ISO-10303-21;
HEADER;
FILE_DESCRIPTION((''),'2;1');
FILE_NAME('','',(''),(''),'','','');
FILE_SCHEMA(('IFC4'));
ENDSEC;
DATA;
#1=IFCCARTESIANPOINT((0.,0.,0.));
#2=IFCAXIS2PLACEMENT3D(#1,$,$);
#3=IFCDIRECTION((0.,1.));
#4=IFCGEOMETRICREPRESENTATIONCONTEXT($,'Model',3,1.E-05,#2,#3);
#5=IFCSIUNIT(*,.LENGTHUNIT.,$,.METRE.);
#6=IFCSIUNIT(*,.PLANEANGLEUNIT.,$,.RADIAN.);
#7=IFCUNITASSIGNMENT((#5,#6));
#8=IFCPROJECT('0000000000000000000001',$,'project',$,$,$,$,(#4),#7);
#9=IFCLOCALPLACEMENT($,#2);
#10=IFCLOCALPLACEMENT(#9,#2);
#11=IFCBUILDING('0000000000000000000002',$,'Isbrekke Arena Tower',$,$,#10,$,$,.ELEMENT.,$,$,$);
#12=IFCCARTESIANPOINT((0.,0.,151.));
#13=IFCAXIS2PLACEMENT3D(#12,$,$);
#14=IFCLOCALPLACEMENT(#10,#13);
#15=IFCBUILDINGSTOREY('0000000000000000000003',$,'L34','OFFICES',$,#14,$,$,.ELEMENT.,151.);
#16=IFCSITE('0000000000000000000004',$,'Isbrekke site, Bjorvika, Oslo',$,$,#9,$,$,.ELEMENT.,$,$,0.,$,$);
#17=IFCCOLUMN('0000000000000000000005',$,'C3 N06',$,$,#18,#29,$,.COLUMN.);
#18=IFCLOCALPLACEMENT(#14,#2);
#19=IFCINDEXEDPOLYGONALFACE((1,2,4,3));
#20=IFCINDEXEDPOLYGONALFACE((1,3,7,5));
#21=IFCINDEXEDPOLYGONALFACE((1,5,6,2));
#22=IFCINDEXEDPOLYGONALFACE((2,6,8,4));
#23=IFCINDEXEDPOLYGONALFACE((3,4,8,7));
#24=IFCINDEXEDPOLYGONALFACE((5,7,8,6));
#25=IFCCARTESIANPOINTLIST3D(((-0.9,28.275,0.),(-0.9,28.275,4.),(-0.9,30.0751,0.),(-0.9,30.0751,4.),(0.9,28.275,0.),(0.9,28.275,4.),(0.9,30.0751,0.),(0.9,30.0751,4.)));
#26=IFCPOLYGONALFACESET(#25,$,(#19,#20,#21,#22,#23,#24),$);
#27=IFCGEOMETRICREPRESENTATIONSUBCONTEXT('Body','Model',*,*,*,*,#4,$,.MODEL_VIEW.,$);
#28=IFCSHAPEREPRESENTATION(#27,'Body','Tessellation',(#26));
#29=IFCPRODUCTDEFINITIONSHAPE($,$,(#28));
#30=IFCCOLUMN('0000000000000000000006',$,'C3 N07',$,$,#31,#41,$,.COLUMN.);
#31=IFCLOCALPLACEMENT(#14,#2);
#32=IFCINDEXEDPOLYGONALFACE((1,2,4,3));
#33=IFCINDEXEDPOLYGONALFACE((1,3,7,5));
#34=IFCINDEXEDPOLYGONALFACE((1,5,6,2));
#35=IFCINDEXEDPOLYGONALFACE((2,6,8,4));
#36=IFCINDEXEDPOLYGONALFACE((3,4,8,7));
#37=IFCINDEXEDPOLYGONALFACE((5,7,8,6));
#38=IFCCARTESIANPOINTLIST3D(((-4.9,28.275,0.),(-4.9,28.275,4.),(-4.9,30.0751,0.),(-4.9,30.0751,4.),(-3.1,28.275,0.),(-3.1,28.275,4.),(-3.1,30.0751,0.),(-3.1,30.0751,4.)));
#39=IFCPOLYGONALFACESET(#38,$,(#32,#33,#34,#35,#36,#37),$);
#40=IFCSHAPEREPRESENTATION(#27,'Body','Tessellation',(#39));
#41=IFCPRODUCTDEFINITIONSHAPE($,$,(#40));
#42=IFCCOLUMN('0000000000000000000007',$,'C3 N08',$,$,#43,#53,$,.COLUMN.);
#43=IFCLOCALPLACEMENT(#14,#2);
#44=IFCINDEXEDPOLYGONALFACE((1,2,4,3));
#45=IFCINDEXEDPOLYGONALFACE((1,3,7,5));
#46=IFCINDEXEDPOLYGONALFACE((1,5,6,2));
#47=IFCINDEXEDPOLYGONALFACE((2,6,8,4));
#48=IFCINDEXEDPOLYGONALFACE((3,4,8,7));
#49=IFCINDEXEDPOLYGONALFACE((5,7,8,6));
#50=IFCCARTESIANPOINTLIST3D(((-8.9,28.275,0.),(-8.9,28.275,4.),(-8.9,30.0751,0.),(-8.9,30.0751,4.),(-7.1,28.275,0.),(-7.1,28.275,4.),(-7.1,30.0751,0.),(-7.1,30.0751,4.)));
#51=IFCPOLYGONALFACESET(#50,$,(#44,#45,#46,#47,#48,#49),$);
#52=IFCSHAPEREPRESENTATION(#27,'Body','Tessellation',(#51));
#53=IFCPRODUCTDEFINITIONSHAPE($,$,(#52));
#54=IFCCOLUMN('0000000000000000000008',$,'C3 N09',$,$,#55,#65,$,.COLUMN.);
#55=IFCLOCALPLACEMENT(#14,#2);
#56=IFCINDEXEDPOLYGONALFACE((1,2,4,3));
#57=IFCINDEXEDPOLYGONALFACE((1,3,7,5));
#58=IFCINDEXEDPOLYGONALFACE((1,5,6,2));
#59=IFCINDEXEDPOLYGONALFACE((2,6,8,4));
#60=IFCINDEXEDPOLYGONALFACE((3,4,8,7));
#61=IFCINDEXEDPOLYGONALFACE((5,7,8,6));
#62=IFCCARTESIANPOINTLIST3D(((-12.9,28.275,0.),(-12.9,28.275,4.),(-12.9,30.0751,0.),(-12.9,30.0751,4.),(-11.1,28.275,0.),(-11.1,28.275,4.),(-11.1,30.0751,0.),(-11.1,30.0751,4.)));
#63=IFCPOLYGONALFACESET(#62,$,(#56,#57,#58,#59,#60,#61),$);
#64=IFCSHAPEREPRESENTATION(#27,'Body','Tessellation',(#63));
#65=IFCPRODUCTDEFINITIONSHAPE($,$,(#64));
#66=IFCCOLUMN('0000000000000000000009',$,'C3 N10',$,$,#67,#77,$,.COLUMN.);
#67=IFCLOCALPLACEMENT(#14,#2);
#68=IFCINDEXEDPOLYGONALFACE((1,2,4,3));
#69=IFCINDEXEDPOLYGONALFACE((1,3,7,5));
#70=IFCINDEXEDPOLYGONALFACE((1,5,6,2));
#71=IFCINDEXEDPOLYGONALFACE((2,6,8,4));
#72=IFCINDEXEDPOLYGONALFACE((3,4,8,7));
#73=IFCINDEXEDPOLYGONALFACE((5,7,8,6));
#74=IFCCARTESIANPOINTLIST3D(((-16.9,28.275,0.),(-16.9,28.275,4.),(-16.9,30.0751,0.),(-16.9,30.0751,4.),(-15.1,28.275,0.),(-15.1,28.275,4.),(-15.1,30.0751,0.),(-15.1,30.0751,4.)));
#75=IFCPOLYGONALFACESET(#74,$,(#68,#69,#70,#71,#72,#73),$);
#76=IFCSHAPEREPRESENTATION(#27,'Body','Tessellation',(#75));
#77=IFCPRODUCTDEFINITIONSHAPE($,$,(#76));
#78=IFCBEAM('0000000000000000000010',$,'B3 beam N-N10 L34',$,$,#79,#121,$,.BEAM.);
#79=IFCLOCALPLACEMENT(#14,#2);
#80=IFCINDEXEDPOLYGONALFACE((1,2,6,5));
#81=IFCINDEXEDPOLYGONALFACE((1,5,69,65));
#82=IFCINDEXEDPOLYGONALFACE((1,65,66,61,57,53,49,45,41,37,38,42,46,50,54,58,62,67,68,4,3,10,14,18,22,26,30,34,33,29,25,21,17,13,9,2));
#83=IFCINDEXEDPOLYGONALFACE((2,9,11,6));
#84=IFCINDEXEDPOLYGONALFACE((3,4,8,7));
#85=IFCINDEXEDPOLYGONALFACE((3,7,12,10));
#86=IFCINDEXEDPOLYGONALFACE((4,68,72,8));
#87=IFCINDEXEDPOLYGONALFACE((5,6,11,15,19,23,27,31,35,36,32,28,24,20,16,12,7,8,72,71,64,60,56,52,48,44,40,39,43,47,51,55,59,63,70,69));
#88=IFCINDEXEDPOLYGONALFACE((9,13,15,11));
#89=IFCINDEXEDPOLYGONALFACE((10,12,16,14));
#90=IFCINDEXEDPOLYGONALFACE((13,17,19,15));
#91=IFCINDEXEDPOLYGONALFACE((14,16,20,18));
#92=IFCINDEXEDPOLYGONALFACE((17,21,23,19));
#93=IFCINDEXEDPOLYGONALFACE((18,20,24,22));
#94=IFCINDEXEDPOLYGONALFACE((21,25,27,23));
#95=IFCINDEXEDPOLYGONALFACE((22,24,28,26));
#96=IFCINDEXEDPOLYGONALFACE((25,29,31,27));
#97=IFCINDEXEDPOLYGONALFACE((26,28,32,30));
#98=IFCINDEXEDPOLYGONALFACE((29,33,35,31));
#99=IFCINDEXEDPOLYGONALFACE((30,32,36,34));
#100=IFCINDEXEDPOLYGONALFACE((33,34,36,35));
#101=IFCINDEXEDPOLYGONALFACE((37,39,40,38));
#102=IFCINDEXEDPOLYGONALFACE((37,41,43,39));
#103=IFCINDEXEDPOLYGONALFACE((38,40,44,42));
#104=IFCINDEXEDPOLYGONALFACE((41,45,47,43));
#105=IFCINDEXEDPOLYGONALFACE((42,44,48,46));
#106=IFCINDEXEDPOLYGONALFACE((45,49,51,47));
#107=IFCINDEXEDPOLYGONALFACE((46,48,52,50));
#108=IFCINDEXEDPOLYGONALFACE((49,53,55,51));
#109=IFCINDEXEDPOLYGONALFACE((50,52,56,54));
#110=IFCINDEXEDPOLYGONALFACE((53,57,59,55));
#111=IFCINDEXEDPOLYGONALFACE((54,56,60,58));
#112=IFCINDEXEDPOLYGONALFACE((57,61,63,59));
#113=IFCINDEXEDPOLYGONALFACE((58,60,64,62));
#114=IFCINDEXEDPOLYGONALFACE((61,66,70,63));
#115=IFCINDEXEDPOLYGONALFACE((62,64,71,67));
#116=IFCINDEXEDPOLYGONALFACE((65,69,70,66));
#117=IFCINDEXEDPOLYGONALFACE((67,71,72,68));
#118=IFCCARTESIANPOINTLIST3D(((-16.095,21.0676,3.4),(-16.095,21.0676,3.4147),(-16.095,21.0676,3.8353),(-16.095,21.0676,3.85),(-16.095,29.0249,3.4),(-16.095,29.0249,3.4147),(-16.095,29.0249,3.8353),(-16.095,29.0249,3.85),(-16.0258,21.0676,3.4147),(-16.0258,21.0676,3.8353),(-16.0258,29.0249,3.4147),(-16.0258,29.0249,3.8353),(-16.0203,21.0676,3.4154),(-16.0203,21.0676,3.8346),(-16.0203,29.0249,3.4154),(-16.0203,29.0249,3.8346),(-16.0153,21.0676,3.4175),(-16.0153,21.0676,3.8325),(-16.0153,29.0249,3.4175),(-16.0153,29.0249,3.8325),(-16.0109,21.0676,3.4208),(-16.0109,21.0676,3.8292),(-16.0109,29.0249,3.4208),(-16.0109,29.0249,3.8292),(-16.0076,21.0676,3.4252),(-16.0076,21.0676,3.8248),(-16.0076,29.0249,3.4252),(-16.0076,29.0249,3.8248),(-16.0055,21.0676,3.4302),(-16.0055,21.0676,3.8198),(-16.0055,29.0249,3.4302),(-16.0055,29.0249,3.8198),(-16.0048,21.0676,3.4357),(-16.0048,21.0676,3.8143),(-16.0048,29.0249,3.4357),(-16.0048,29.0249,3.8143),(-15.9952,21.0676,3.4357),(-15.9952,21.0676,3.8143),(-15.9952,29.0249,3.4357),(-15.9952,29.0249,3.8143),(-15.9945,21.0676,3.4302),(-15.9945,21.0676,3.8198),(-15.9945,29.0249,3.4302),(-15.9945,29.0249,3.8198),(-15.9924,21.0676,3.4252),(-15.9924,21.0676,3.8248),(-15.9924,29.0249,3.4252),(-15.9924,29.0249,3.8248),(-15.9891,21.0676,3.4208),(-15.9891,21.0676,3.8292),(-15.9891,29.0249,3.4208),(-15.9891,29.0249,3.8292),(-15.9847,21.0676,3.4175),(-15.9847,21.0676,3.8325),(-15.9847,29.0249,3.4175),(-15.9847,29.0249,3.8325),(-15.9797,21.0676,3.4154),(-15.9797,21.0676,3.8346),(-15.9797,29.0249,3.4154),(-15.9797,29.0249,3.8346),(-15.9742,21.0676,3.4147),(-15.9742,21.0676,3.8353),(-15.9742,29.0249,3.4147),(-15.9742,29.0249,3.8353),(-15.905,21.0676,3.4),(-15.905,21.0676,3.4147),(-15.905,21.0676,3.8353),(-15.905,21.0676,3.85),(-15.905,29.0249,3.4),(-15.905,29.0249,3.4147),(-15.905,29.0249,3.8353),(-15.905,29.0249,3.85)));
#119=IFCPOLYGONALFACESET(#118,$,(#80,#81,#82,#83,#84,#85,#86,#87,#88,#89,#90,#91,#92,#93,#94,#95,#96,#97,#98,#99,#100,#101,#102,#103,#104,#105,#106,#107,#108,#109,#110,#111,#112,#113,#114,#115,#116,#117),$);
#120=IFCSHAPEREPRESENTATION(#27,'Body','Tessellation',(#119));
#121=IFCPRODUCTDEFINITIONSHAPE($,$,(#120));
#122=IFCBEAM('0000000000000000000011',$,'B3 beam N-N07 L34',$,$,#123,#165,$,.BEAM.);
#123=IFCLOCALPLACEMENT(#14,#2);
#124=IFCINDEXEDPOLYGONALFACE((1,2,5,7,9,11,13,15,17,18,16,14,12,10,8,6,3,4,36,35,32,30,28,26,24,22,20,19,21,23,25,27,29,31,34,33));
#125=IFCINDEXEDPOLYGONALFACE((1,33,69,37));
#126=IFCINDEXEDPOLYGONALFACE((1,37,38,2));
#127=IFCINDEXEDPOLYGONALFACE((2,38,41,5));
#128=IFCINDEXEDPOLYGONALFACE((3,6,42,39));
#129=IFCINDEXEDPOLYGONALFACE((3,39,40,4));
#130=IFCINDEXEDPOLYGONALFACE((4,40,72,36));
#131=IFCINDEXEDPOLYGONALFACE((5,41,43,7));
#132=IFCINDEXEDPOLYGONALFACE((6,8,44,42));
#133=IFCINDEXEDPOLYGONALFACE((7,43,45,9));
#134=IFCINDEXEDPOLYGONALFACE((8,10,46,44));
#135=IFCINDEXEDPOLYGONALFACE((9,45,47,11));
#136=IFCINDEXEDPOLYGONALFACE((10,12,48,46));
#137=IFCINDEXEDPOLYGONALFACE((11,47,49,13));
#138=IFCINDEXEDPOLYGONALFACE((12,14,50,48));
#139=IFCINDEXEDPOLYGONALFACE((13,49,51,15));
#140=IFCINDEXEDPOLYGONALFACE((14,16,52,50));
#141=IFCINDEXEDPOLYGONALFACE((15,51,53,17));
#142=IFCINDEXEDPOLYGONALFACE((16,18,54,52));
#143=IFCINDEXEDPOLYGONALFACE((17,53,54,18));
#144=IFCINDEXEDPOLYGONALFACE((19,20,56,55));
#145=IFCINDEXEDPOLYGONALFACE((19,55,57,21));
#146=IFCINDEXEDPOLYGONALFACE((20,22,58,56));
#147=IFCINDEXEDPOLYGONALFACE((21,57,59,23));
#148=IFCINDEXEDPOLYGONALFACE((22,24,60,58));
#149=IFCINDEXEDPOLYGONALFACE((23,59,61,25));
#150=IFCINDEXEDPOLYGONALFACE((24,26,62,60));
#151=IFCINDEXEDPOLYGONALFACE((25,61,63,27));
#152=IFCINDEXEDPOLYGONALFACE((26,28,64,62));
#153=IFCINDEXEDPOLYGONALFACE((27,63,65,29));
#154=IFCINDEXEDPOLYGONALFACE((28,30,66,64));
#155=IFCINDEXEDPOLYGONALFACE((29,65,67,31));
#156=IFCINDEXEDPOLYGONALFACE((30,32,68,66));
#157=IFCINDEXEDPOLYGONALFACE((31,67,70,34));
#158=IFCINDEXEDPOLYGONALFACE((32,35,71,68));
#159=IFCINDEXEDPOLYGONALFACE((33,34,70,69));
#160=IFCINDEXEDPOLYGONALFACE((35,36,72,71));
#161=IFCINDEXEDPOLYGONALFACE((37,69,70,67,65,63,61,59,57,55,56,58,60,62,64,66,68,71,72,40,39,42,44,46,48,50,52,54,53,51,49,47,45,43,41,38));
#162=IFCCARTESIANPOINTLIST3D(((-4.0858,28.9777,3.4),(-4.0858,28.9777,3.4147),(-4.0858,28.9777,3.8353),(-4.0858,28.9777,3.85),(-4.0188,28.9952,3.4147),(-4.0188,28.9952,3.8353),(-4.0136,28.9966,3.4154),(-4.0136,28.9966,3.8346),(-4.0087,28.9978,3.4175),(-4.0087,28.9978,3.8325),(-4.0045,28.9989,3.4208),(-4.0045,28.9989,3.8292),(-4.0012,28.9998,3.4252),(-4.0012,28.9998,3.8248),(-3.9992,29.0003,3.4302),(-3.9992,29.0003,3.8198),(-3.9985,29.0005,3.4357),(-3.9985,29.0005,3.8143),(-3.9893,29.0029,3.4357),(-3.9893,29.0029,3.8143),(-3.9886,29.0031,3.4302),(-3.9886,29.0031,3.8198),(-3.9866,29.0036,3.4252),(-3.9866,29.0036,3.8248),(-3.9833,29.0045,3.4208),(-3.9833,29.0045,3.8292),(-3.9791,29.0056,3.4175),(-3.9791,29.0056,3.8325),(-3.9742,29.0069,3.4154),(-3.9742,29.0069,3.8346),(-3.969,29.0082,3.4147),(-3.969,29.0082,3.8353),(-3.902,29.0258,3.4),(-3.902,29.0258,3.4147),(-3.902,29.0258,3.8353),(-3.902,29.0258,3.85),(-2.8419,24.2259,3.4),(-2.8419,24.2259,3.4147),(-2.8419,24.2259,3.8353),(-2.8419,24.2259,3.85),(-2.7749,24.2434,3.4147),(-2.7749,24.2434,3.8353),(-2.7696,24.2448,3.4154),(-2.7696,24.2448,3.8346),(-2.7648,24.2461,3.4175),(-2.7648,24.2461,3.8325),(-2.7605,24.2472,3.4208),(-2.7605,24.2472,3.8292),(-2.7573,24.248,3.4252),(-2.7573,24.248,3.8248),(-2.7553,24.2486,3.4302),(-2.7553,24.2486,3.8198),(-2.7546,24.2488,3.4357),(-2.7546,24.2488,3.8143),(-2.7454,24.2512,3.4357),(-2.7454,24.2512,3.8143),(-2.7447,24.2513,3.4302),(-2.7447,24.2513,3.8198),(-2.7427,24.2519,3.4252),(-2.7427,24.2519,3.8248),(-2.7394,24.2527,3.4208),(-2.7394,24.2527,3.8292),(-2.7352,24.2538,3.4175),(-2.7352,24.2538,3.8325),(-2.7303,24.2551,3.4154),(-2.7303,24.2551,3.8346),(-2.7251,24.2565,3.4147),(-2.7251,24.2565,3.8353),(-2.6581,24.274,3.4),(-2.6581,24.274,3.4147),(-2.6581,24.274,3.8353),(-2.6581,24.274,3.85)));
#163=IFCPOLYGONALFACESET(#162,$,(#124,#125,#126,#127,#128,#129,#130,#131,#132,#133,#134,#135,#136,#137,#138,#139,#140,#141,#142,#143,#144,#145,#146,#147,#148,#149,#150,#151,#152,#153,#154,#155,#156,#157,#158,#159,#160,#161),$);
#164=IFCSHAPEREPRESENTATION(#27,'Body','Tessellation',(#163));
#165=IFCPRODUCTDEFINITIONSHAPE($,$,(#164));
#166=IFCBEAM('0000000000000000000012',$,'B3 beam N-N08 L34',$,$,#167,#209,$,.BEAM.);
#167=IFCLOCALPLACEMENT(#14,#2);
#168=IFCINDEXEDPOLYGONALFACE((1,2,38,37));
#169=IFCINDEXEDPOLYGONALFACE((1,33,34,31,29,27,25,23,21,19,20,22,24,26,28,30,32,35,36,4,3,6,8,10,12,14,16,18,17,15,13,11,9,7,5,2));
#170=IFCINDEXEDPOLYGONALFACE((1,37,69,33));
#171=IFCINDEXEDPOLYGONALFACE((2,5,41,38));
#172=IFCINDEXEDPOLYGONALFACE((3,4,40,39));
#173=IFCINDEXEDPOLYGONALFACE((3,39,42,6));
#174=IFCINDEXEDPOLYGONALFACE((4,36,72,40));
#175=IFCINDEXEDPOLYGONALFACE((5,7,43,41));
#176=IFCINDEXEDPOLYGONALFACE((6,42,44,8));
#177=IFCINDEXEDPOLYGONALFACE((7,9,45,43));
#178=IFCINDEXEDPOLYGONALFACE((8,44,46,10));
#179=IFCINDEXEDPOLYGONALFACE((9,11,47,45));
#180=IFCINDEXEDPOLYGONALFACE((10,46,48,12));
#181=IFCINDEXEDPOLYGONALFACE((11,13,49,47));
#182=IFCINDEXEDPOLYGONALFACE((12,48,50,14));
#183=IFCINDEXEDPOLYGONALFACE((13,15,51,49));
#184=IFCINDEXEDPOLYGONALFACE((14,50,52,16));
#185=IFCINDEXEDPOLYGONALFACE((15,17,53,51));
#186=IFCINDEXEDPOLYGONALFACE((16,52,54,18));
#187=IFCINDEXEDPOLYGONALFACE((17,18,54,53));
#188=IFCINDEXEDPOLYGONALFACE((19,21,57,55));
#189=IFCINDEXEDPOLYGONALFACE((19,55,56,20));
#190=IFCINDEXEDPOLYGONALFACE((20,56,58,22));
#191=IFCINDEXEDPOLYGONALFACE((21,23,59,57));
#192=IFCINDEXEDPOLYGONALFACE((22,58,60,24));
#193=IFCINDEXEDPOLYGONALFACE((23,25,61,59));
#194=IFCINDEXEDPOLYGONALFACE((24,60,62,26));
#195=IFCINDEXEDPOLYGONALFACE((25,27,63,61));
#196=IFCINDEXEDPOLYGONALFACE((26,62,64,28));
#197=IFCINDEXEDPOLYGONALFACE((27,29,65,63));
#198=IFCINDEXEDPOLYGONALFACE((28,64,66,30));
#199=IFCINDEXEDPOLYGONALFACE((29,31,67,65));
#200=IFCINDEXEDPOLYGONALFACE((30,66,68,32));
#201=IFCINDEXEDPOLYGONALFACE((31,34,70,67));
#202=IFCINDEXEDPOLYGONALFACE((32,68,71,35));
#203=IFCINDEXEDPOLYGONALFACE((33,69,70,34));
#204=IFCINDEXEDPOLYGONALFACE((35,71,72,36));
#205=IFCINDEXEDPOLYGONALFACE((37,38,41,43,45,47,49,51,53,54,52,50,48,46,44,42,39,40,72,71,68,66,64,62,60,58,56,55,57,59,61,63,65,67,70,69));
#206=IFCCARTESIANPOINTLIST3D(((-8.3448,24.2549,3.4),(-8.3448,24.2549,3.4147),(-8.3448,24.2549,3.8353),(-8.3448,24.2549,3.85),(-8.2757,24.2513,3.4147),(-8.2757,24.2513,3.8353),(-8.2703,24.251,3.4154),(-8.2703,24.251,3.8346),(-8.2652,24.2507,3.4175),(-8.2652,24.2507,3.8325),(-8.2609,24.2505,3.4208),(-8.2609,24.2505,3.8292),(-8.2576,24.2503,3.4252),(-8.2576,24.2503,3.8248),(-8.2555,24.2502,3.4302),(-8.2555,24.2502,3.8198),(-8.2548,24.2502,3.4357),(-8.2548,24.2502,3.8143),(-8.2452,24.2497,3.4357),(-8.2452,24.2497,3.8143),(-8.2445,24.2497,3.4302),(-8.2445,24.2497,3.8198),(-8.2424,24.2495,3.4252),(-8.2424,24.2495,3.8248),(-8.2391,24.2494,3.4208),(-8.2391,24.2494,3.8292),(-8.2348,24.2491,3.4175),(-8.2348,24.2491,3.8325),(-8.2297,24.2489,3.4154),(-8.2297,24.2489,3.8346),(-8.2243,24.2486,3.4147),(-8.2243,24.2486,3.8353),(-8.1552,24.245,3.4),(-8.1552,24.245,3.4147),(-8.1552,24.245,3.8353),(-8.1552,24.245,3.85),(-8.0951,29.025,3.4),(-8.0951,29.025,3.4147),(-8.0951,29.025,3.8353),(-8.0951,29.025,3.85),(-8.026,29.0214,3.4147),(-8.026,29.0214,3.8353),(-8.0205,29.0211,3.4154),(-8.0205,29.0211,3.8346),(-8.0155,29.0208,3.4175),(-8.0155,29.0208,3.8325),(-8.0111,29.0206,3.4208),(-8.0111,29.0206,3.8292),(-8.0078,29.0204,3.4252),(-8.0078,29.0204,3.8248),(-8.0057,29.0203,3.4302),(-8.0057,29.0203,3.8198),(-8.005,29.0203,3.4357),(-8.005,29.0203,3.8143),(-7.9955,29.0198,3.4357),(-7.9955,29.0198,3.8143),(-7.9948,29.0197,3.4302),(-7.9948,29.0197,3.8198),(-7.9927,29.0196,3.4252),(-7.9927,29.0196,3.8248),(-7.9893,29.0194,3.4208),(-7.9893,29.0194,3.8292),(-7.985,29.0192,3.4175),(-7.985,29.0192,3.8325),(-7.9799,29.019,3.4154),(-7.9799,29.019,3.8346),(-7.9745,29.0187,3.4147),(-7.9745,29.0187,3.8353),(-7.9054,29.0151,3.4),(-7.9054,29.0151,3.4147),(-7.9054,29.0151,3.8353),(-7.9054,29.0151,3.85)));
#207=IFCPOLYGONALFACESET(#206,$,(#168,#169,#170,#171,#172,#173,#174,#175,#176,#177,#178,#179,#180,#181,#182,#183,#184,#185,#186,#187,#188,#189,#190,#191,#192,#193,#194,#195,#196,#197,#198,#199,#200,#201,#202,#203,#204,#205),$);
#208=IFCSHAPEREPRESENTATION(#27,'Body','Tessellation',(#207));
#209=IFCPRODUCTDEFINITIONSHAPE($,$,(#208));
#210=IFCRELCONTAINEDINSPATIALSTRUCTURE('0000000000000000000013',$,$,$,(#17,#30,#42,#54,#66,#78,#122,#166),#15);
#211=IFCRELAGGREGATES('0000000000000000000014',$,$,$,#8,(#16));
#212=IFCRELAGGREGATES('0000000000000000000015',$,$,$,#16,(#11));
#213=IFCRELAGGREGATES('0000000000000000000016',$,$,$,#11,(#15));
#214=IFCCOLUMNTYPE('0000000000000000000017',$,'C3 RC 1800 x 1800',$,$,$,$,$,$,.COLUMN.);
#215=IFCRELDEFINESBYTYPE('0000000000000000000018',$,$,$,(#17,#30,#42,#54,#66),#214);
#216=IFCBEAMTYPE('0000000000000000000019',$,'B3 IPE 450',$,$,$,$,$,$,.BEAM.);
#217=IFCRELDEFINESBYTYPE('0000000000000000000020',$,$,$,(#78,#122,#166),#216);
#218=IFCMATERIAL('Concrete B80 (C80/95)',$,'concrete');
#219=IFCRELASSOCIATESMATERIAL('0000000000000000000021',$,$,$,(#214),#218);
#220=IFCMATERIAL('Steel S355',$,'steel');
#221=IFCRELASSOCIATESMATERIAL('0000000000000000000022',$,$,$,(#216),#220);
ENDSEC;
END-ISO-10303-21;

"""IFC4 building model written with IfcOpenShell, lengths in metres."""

from ifc_helpers import new_model, si_unit, direction, frame, origin, origin_2d, place, context, subcontext, project, spatial, rectangle, i_section, extrude, material, material_profile, profile_set, type_object, element, save


model = new_model("IFC4")

# Units and contexts
model_context = context("Model", 3, precision=1e-05, world=origin(), true_north=direction((0.0, 1.0)))
body_context = subcontext(model_context, "Body", "Model", "MODEL_VIEW")
ifc_project = project(units=[si_unit("LENGTHUNIT", "METRE"), si_unit("PLANEANGLEUNIT", "RADIAN")], contexts=[model_context])

# Site, building, storey
site_placement = place(None, origin())
site = spatial("IfcSite", under=ifc_project, at=site_placement, Name="Isbrekke site, Bjorvika, Oslo", CompositionType="ELEMENT", RefElevation=0.0)
building_placement = place(site_placement, origin())
building = spatial("IfcBuilding", under=site, at=building_placement, Name="Isbrekke Arena Tower", CompositionType="ELEMENT")
storey_placement = place(building_placement, frame((0.0, 0.0, 151.0)))
storey = spatial("IfcBuildingStorey", under=building, at=storey_placement, Name="L34", Description="OFFICES", CompositionType="ELEMENT", Elevation=151.0)

# Columns
ifc_material_1 = material(Name="Concrete B80 (C80/95)", Category="concrete")
ifc_material_profile_1 = material_profile(ifc_material_1, rectangle(XDim=1.8, YDim=1.8, at=origin_2d()), Name="RC 1800x1800")
ifc_profile_set_1 = profile_set([ifc_material_profile_1], Name="Concrete B80 (C80/95)")
column_type = type_object("IfcColumnType", Name="C3 RC 1800 x 1800", PredefinedType="COLUMN", material=ifc_profile_set_1)
for number, where, z_axis, x_axis, name in (
    (1, (0.0, 29.175, 0.0), (0.0, 0.0, 1.0), (-1.0, 0.0, 0.0), "C3 N06"),
    (2, (-4.0, 29.175, 0.0), (0.0, 0.0, 1.0), (-1.0, 0.0, 0.0), "C3 N07"),
    (3, (-8.0, 29.175, 0.0), (0.0, 0.0, 1.0), (-1.0, 0.0, 0.0), "C3 N08"),
    (4, (-12.0, 29.175, 0.0), (0.0, 0.0, 1.0), (-1.0, 0.0, 0.0), "C3 N09"),
    (5, (-16.0, 29.175, 0.0), (0.0, 0.0, 1.0), (-1.0, 0.0, 0.0), "C3 N10"),
):
    element("IfcColumn", number, at=place(storey_placement, frame(where, z_axis=z_axis, x_axis=x_axis)), inside=storey, type_object=column_type, Name=name, PredefinedType="COLUMN", context=body_context, shape_type="SweptSolid", body=[
        extrude(rectangle(XDim=1.8, YDim=1.8, at=origin_2d()), origin(), (0.0, 0.0, 1.0), 4.0),
    ])

# Beams
ifc_material_2 = material(Name="Steel S355", Category="steel")
ifc_material_profile_2 = material_profile(ifc_material_2, i_section(OverallWidth=0.1899, OverallDepth=0.45, WebThickness=0.0095, FlangeThickness=0.0146, FilletRadius=0.021, at=origin_2d()), Name="IPE 450")
ifc_profile_set_2 = profile_set([ifc_material_profile_2], Name="Steel S355")
beam_type_1 = type_object("IfcBeamType", Name="B3 IPE 450", PredefinedType="BEAM", material=ifc_profile_set_2)
beam_1_placement = place(storey_placement, frame((-16.0, 29.0249, 3.625), z_axis=(0.0, -1.0, 0.0), x_axis=(1.0, 0.0, 0.0)))
element("IfcBeam", 6, at=beam_1_placement, inside=storey, type_object=beam_type_1, Name="B3 beam N-N10 L34", PredefinedType="BEAM", context=body_context, shape_type="SweptSolid", body=[
    extrude(i_section(OverallWidth=0.1899, OverallDepth=0.45, WebThickness=0.0095, FlangeThickness=0.0146, FilletRadius=0.021, at=origin_2d()), origin(), (0.0, 0.0, 1.0), 7.9573),
])
beam_2_placement = place(storey_placement, frame((-3.9939, 29.0017, 3.625), z_axis=(0.253245, -0.967402, 0.0), x_axis=(0.967402, 0.253245, 0.0)))
element("IfcBeam", 7, at=beam_2_placement, inside=storey, type_object=beam_type_1, Name="B3 beam N-N07 L34", PredefinedType="BEAM", context=body_context, shape_type="SweptSolid", body=[
    extrude(i_section(OverallWidth=0.1899, OverallDepth=0.45, WebThickness=0.0095, FlangeThickness=0.0146, FilletRadius=0.021, at=origin_2d()), origin(), (0.0, 0.0, 1.0), 4.9119),
])
beam_3_placement = place(storey_placement, frame((-8.0002, 29.02, 3.625), z_axis=(-0.052288, -0.998632, 0.0), x_axis=(0.998632, -0.052288, 0.0)))
element("IfcBeam", 8, at=beam_3_placement, inside=storey, type_object=beam_type_1, Name="B3 beam N-N08 L34", PredefinedType="BEAM", context=body_context, shape_type="SweptSolid", body=[
    extrude(i_section(OverallWidth=0.1899, OverallDepth=0.45, WebThickness=0.0095, FlangeThickness=0.0146, FilletRadius=0.021, at=origin_2d()), origin(), (0.0, 0.0, 1.0), 4.7766),
])

save(model, "model.ifc")
